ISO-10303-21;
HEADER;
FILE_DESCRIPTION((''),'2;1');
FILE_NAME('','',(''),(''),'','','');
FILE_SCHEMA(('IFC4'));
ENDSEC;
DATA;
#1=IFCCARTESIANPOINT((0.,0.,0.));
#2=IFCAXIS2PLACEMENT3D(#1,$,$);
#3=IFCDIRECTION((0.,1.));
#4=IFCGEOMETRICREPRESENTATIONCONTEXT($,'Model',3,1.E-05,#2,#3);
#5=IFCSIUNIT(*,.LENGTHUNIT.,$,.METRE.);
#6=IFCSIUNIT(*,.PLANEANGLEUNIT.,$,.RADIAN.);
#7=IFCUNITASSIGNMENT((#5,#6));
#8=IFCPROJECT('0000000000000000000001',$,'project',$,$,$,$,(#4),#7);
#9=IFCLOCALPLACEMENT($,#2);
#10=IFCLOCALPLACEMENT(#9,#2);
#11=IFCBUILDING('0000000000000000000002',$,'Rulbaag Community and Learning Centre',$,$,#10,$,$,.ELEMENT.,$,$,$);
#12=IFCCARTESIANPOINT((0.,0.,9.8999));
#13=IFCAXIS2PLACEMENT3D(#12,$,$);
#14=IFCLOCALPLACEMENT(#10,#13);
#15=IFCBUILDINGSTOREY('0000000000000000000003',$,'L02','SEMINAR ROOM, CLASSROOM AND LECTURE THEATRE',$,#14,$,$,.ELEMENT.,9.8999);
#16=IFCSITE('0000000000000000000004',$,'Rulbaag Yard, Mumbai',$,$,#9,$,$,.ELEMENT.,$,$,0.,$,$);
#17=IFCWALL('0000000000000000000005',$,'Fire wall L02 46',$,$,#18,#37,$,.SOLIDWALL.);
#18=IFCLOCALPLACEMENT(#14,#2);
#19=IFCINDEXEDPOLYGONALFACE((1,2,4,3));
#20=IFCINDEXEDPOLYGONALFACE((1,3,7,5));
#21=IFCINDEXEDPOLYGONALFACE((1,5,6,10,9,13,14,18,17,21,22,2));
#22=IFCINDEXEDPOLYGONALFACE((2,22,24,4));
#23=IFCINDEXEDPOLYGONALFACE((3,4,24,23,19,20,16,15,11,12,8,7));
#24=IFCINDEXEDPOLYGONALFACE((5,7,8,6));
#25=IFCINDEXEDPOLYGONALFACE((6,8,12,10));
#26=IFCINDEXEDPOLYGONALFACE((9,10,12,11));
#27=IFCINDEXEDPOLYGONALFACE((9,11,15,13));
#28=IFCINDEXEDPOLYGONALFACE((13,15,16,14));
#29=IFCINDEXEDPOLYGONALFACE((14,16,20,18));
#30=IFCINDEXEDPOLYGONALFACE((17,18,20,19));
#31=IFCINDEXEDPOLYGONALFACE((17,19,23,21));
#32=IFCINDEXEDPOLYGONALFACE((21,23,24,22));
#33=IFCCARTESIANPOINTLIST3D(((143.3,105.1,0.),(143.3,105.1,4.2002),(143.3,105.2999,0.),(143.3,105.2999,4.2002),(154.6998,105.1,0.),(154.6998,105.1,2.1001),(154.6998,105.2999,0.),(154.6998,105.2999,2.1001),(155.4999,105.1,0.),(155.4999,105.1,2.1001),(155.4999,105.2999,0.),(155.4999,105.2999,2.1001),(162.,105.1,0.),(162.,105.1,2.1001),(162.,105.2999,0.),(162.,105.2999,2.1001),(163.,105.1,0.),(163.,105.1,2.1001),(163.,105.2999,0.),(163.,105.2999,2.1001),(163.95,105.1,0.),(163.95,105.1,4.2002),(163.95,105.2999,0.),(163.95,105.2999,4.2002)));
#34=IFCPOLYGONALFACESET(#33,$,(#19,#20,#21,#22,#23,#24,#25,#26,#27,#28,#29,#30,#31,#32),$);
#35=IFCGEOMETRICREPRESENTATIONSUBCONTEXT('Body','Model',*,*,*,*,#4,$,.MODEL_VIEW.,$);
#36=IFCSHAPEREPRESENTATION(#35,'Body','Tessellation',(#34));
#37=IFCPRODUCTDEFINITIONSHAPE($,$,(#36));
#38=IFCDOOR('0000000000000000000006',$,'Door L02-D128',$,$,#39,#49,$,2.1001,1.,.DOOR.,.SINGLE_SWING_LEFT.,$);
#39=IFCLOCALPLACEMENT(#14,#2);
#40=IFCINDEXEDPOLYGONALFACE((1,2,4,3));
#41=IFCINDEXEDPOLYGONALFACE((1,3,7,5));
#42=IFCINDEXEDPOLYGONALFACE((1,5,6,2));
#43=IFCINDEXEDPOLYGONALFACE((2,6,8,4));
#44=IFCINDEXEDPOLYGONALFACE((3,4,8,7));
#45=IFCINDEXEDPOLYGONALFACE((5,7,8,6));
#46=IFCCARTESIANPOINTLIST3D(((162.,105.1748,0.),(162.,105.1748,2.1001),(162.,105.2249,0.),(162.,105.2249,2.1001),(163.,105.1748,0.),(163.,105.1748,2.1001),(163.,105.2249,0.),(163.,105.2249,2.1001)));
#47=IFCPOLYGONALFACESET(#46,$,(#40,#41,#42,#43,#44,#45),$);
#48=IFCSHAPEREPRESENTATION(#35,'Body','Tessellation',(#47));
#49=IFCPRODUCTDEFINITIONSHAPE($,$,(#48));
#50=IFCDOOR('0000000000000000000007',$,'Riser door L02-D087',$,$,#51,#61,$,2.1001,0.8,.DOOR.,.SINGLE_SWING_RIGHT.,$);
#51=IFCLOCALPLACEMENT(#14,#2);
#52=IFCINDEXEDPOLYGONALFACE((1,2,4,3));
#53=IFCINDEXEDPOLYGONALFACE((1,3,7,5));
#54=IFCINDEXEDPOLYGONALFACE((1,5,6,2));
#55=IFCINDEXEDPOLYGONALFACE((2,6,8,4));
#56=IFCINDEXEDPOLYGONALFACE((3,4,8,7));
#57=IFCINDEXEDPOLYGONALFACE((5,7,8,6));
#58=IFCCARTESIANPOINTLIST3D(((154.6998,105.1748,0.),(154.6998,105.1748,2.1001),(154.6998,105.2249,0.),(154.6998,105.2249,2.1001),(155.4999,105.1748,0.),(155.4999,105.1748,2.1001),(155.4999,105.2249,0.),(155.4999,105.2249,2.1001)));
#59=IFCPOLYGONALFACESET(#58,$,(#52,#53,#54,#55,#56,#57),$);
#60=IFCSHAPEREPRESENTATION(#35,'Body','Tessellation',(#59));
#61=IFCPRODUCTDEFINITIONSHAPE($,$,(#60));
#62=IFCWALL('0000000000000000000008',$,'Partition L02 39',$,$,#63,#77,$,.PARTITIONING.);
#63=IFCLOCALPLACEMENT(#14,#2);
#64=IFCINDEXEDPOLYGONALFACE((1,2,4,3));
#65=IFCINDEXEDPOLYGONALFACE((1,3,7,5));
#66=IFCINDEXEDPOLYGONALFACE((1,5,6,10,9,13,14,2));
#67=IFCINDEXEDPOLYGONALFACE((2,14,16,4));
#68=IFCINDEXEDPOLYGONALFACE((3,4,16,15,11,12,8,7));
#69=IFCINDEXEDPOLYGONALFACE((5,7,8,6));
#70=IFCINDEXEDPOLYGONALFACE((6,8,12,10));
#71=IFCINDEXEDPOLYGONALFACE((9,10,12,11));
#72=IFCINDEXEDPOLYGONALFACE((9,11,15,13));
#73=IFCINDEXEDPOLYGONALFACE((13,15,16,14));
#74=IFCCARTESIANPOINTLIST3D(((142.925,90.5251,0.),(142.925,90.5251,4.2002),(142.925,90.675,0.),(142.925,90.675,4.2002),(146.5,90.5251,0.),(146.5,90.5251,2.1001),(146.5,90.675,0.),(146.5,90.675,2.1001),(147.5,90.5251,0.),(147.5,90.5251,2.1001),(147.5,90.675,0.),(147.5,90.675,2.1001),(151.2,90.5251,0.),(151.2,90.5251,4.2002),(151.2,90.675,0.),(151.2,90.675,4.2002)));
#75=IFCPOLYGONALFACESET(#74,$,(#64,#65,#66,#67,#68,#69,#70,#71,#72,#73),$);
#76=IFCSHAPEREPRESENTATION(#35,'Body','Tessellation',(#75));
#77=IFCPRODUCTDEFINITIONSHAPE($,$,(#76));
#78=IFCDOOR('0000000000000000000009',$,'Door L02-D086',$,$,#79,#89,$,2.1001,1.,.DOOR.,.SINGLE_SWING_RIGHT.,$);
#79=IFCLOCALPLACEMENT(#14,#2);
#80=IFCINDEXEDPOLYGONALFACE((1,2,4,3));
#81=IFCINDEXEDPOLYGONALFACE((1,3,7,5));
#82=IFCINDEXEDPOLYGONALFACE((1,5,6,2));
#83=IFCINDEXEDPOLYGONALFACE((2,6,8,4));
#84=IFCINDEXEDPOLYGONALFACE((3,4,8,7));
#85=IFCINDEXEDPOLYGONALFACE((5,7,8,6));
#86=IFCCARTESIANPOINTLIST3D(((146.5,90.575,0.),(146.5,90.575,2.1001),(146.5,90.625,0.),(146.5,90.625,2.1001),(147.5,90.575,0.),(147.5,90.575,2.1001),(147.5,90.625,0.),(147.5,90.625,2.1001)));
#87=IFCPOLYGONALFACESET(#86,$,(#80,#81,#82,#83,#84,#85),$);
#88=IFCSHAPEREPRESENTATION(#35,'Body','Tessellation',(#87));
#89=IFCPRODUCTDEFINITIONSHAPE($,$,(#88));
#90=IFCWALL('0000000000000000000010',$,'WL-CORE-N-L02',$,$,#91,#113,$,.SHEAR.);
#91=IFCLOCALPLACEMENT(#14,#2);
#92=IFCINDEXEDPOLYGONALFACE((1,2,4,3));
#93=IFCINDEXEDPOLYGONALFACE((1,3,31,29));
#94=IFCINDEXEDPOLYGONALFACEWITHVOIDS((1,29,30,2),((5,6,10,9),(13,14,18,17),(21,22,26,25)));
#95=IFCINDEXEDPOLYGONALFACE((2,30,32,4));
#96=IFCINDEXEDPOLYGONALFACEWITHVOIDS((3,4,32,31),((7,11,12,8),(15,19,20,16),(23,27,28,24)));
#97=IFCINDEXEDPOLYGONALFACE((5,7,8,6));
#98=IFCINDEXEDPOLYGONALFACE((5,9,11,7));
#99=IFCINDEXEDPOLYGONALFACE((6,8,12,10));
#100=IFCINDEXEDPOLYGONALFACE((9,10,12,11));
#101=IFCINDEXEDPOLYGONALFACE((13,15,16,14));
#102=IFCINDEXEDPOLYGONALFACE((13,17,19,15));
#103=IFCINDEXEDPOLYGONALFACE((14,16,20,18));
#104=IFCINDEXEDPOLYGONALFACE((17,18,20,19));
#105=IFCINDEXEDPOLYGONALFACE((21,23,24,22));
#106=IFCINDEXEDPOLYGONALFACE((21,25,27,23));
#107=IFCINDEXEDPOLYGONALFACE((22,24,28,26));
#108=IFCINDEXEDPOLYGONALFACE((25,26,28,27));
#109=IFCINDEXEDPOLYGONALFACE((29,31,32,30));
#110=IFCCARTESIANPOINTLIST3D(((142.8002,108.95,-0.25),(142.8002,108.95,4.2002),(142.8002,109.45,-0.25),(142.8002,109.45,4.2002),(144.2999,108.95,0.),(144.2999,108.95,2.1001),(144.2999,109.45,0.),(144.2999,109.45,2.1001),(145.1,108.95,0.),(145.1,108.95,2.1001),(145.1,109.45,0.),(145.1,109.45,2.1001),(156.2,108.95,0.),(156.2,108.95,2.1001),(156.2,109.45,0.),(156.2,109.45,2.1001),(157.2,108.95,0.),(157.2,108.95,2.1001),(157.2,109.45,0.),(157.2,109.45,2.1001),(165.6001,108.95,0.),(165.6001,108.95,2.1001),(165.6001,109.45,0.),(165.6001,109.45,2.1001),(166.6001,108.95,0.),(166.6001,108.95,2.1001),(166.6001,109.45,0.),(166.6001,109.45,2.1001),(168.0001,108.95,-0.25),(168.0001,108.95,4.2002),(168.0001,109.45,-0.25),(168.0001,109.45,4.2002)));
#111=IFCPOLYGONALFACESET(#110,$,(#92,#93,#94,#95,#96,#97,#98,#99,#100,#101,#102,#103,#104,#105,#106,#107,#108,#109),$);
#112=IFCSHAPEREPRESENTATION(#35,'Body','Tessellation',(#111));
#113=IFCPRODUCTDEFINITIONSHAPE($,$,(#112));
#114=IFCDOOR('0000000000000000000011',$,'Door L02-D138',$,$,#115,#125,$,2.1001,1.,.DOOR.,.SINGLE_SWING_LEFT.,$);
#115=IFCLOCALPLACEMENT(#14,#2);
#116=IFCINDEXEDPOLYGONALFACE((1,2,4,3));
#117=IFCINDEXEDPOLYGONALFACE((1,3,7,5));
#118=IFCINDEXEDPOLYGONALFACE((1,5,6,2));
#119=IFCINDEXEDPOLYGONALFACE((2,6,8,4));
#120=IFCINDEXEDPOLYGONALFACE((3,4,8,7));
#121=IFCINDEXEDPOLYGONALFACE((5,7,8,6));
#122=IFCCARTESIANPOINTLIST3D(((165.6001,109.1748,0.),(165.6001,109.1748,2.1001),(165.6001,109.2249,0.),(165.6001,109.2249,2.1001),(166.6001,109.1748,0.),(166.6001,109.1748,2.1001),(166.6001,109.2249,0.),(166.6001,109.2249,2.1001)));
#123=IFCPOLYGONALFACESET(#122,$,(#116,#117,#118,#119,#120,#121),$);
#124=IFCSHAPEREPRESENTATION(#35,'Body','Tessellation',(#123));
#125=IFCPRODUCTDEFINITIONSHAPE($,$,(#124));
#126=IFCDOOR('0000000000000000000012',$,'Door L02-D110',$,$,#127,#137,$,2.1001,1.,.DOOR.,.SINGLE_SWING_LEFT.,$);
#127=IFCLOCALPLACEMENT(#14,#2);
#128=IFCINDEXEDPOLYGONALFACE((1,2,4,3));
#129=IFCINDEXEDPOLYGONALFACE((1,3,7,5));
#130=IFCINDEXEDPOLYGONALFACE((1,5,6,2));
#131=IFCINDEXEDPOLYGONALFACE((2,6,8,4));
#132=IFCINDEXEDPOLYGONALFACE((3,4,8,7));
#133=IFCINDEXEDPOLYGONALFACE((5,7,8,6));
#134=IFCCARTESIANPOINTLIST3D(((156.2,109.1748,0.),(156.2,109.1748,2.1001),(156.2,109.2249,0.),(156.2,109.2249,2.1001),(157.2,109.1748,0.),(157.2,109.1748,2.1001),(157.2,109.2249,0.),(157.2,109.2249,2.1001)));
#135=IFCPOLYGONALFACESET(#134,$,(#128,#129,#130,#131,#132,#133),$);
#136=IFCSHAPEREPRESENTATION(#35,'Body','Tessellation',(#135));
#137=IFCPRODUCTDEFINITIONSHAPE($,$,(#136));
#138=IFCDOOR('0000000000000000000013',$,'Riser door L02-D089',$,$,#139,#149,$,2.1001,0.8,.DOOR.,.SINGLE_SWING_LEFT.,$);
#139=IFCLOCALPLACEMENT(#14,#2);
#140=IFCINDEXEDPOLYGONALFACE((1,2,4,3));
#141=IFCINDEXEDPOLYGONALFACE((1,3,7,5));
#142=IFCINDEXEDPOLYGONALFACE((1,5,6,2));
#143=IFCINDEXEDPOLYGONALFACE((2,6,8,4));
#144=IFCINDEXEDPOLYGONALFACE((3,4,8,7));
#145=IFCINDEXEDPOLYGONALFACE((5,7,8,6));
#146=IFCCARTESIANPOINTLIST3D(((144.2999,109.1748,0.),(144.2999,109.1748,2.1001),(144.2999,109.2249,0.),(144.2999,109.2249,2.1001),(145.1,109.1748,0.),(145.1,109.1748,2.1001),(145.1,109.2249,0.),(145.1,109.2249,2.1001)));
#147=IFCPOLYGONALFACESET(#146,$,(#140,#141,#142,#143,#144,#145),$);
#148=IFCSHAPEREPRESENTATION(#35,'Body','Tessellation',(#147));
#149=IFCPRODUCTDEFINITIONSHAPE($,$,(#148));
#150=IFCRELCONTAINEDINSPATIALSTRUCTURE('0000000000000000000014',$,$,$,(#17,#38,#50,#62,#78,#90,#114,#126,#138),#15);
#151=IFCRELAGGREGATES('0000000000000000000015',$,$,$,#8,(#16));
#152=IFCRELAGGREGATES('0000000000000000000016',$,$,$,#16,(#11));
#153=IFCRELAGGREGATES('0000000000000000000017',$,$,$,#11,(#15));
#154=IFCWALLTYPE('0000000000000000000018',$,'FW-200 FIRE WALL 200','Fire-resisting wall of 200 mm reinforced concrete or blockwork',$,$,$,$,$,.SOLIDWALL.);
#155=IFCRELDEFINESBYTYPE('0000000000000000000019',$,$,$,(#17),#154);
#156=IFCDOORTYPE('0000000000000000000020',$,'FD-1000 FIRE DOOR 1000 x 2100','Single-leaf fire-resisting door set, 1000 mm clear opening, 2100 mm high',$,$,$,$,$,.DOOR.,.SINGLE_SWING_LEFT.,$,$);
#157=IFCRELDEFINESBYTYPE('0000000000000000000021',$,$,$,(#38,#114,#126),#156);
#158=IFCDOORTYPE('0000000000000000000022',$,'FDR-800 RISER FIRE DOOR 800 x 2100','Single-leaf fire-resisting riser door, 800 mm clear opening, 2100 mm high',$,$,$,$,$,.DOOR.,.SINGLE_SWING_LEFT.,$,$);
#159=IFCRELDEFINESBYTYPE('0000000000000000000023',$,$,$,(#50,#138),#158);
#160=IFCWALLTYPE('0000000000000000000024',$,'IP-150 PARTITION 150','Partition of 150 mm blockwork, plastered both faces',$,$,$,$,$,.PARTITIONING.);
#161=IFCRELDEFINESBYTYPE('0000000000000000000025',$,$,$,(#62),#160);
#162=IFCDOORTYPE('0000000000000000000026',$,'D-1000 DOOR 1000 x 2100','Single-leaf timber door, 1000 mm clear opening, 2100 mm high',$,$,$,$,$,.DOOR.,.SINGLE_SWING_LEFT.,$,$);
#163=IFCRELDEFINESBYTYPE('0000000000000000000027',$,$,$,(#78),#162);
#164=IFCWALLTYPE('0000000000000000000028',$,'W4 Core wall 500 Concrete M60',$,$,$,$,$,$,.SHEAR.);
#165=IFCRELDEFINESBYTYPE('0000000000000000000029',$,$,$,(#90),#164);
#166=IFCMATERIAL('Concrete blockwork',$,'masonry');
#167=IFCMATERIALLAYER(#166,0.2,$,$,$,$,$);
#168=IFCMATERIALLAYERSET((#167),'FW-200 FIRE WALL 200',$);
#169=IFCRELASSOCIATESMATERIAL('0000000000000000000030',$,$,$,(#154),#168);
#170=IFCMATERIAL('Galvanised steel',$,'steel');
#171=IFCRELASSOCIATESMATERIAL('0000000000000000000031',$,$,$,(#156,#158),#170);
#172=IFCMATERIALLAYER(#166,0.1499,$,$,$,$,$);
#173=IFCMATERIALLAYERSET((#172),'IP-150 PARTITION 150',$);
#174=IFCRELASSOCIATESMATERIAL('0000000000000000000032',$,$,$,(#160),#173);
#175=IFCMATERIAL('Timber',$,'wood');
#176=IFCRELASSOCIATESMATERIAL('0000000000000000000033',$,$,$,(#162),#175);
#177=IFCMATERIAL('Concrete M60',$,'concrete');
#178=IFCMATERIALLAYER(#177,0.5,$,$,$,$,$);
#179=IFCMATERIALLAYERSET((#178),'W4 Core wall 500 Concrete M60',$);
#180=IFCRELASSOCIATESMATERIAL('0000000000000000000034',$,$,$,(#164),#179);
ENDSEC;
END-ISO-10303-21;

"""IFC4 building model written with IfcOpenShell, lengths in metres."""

from ifc_helpers import new_model, si_unit, direction, frame, frame_2d, origin, place, context, subcontext, project, spatial, rectangle, extrude, material, layer, layer_set, type_object, element, fill, save


model = new_model("IFC4")

# Units and contexts
model_context = context("Model", 3, precision=1e-05, world=origin(), true_north=direction((0.0, 1.0)))
body_context = subcontext(model_context, "Body", "Model", "MODEL_VIEW")
ifc_project = project(units=[si_unit("LENGTHUNIT", "METRE"), si_unit("PLANEANGLEUNIT", "RADIAN")], contexts=[model_context])

# Site, building, storey
site_placement = place(None, origin())
site = spatial("IfcSite", under=ifc_project, at=site_placement, Name="Rulbaag Yard, Mumbai", CompositionType="ELEMENT", RefElevation=0.0)
building_placement = place(site_placement, origin())
building = spatial("IfcBuilding", under=site, at=building_placement, Name="Rulbaag Community and Learning Centre", CompositionType="ELEMENT")
storey_placement = place(building_placement, frame((0.0, 0.0, 9.8999)))
storey = spatial("IfcBuildingStorey", under=building, at=storey_placement, Name="L02", Description="SEMINAR ROOM, CLASSROOM AND LECTURE THEATRE", CompositionType="ELEMENT", Elevation=9.8999)

# Shared definitions
ifc_material_1 = material(Name="Concrete blockwork", Category="masonry")
ifc_layer_1 = layer(ifc_material_1, 0.2)
ifc_layer_set_1 = layer_set([ifc_layer_1], Name="FW-200 FIRE WALL 200")
wall_type_1 = type_object("IfcWallType", Name="FW-200 FIRE WALL 200", Description="Fire-resisting wall of 200 mm reinforced concrete or blockwork", PredefinedType="SOLIDWALL", material=ifc_layer_set_1)

# Wall, openings, doors
wall_1_placement = place(storey_placement, frame((143.3, 105.2, 0.0), z_axis=(0.0, 0.0, 1.0), x_axis=(1.0, 0.0, 0.0)))
wall_1 = element("IfcWall", 1, at=wall_1_placement, inside=storey, type_object=wall_type_1, Name="Fire wall L02 46", PredefinedType="SOLIDWALL", context=body_context, shape_type="SweptSolid", body=[
    extrude(rectangle(XDim=20.6499, YDim=0.2, at=frame_2d((10.325, 0.0))), origin(), (0.0, 0.0, 1.0), 4.2002),
])
opening_1_placement = place(wall_1_placement, frame((11.3999, 0.0, 0.0)))
opening_1 = element("IfcOpeningElement", 2, at=opening_1_placement, cuts=wall_1, PredefinedType="OPENING", context=body_context, shape_type="SweptSolid", body=[
    extrude(rectangle(XDim=0.8, YDim=2.1001, at=frame_2d((0.3999, 1.05))), frame((0.0, 0.1099, 0.0), z_axis=(0.0, -1.0, 0.0), x_axis=(1.0, 0.0, 0.0)), (0.0, 0.0, 1.0), 0.22),
])
opening_2_placement = place(wall_1_placement, frame((18.7, 0.0, 0.0)))
opening_2 = element("IfcOpeningElement", 3, at=opening_2_placement, cuts=wall_1, PredefinedType="OPENING", context=body_context, shape_type="SweptSolid", body=[
    extrude(rectangle(XDim=1.0, YDim=2.1001, at=frame_2d((0.5, 1.05))), frame((0.0, 0.1099, 0.0), z_axis=(0.0, -1.0, 0.0), x_axis=(1.0, 0.0, 0.0)), (0.0, 0.0, 1.0), 0.22),
])
ifc_material_2 = material(Name="Galvanised steel", Category="steel")
door_type_1 = type_object("IfcDoorType", Name="FD-1000 FIRE DOOR 1000 x 2100", Description="Single-leaf fire-resisting door set, 1000 mm clear opening, 2100 mm high", OperationType="SINGLE_SWING_LEFT", PredefinedType="DOOR", material=ifc_material_2)
door_1_placement = place(opening_2_placement, origin())
door_1 = element("IfcDoor", 4, at=door_1_placement, inside=storey, type_object=door_type_1, Name="Door L02-D128", OperationType="SINGLE_SWING_LEFT", OverallHeight=2.1001, OverallWidth=1.0, PredefinedType="DOOR", context=body_context, shape_type="SweptSolid", body=[
    extrude(rectangle(XDim=1.0, YDim=2.1001, at=frame_2d((0.5, 1.05))), frame((0.0, 0.0249, 0.0), z_axis=(0.0, -1.0, 0.0), x_axis=(1.0, 0.0, 0.0)), (0.0, 0.0, 1.0), 0.05),
])
fill(opening_2, door_1)
door_type_2 = type_object("IfcDoorType", Name="FDR-800 RISER FIRE DOOR 800 x 2100", Description="Single-leaf fire-resisting riser door, 800 mm clear opening, 2100 mm high", OperationType="SINGLE_SWING_LEFT", PredefinedType="DOOR", material=ifc_material_2)
door_2_placement = place(opening_1_placement, origin())
door_2 = element("IfcDoor", 5, at=door_2_placement, inside=storey, type_object=door_type_2, Name="Riser door L02-D087", OperationType="SINGLE_SWING_RIGHT", OverallHeight=2.1001, OverallWidth=0.8, PredefinedType="DOOR", context=body_context, shape_type="SweptSolid", body=[
    extrude(rectangle(XDim=0.8, YDim=2.1001, at=frame_2d((0.3999, 1.05))), frame((0.0, 0.0249, 0.0), z_axis=(0.0, -1.0, 0.0), x_axis=(1.0, 0.0, 0.0)), (0.0, 0.0, 1.0), 0.05),
])
fill(opening_1, door_2)

# Wall, opening, door
ifc_layer_2 = layer(ifc_material_1, 0.1499)
ifc_layer_set_2 = layer_set([ifc_layer_2], Name="IP-150 PARTITION 150")
wall_type_2 = type_object("IfcWallType", Name="IP-150 PARTITION 150", Description="Partition of 150 mm blockwork, plastered both faces", PredefinedType="PARTITIONING", material=ifc_layer_set_2)
wall_2_placement = place(storey_placement, frame((142.925, 90.6001, 0.0), z_axis=(0.0, 0.0, 1.0), x_axis=(1.0, 0.0, 0.0)))
wall_2 = element("IfcWall", 6, at=wall_2_placement, inside=storey, type_object=wall_type_2, Name="Partition L02 39", PredefinedType="PARTITIONING", context=body_context, shape_type="SweptSolid", body=[
    extrude(rectangle(XDim=8.2749, YDim=0.1499, at=frame_2d((4.1375, 0.0))), origin(), (0.0, 0.0, 1.0), 4.2002),
])
opening_3_placement = place(wall_2_placement, frame((3.575, 0.0, 0.0)))
opening_3 = element("IfcOpeningElement", 7, at=opening_3_placement, cuts=wall_2, PredefinedType="OPENING", context=body_context, shape_type="SweptSolid", body=[
    extrude(rectangle(XDim=1.0, YDim=2.1001, at=frame_2d((0.5, 1.05))), frame((0.0, 0.085, 0.0), z_axis=(0.0, -1.0, 0.0), x_axis=(1.0, 0.0, 0.0)), (0.0, 0.0, 1.0), 0.1699),
])
ifc_material_3 = material(Name="Timber", Category="wood")
door_type_3 = type_object("IfcDoorType", Name="D-1000 DOOR 1000 x 2100", Description="Single-leaf timber door, 1000 mm clear opening, 2100 mm high", OperationType="SINGLE_SWING_LEFT", PredefinedType="DOOR", material=ifc_material_3)
door_3_placement = place(opening_3_placement, origin())
door_3 = element("IfcDoor", 8, at=door_3_placement, inside=storey, type_object=door_type_3, Name="Door L02-D086", OperationType="SINGLE_SWING_RIGHT", OverallHeight=2.1001, OverallWidth=1.0, PredefinedType="DOOR", context=body_context, shape_type="SweptSolid", body=[
    extrude(rectangle(XDim=1.0, YDim=2.1001, at=frame_2d((0.5, 1.05))), frame((0.0, 0.0249, 0.0), z_axis=(0.0, -1.0, 0.0), x_axis=(1.0, 0.0, 0.0)), (0.0, 0.0, 1.0), 0.05),
])
fill(opening_3, door_3)

# Wall, openings, doors
ifc_material_4 = material(Name="Concrete M60", Category="concrete")
ifc_layer_3 = layer(ifc_material_4, 0.5)
ifc_layer_set_3 = layer_set([ifc_layer_3], Name="W4 Core wall 500 Concrete M60")
wall_type_3 = type_object("IfcWallType", Name="W4 Core wall 500 Concrete M60", PredefinedType="SHEAR", material=ifc_layer_set_3)
wall_3_placement = place(storey_placement, frame((142.8, 109.2, -0.25), z_axis=(0.0, 0.0, 1.0), x_axis=(1.0, 0.0, 0.0)))
wall_3 = element("IfcWall", 9, at=wall_3_placement, inside=storey, type_object=wall_type_3, Name="WL-CORE-N-L02", PredefinedType="SHEAR", context=body_context, shape_type="SweptSolid", body=[
    extrude(rectangle(XDim=25.2, YDim=0.5, at=frame_2d((12.6001, 0.0))), origin(), (0.0, 0.0, 1.0), 4.4502),
])
opening_4_placement = place(wall_3_placement, frame((22.8, 0.0, 0.25)))
opening_4 = element("IfcOpeningElement", 10, at=opening_4_placement, cuts=wall_3, PredefinedType="OPENING", context=body_context, shape_type="SweptSolid", body=[
    extrude(rectangle(XDim=1.0, YDim=2.1001, at=frame_2d((0.5, 1.05))), frame((0.0, 0.26, 0.0), z_axis=(0.0, -1.0, 0.0), x_axis=(1.0, 0.0, 0.0)), (0.0, 0.0, 1.0), 0.52),
])
opening_5_placement = place(wall_3_placement, frame((1.5, 0.0, 0.25)))
opening_5 = element("IfcOpeningElement", 11, at=opening_5_placement, cuts=wall_3, PredefinedType="OPENING", context=body_context, shape_type="SweptSolid", body=[
    extrude(rectangle(XDim=0.8, YDim=2.1001, at=frame_2d((0.3999, 1.05))), frame((0.0, 0.26, 0.0), z_axis=(0.0, -1.0, 0.0), x_axis=(1.0, 0.0, 0.0)), (0.0, 0.0, 1.0), 0.52),
])
opening_6_placement = place(wall_3_placement, frame((13.3999, 0.0, 0.25)))
opening_6 = element("IfcOpeningElement", 12, at=opening_6_placement, cuts=wall_3, PredefinedType="OPENING", context=body_context, shape_type="SweptSolid", body=[
    extrude(rectangle(XDim=1.0, YDim=2.1001, at=frame_2d((0.5, 1.05))), frame((0.0, 0.26, 0.0), z_axis=(0.0, -1.0, 0.0), x_axis=(1.0, 0.0, 0.0)), (0.0, 0.0, 1.0), 0.52),
])
door_4_placement = place(opening_4_placement, origin())
door_4 = element("IfcDoor", 13, at=door_4_placement, inside=storey, type_object=door_type_1, Name="Door L02-D138", OperationType="SINGLE_SWING_LEFT", OverallHeight=2.1001, OverallWidth=1.0, PredefinedType="DOOR", context=body_context, shape_type="SweptSolid", body=[
    extrude(rectangle(XDim=1.0, YDim=2.1001, at=frame_2d((0.5, 1.05))), frame((0.0, 0.0249, 0.0), z_axis=(0.0, -1.0, 0.0), x_axis=(1.0, 0.0, 0.0)), (0.0, 0.0, 1.0), 0.05),
])
fill(opening_4, door_4)
door_5_placement = place(opening_6_placement, origin())
door_5 = element("IfcDoor", 14, at=door_5_placement, inside=storey, type_object=door_type_1, Name="Door L02-D110", OperationType="SINGLE_SWING_LEFT", OverallHeight=2.1001, OverallWidth=1.0, PredefinedType="DOOR", context=body_context, shape_type="SweptSolid", body=[
    extrude(rectangle(XDim=1.0, YDim=2.1001, at=frame_2d((0.5, 1.05))), frame((0.0, 0.0249, 0.0), z_axis=(0.0, -1.0, 0.0), x_axis=(1.0, 0.0, 0.0)), (0.0, 0.0, 1.0), 0.05),
])
fill(opening_6, door_5)
door_6_placement = place(opening_5_placement, origin())
door_6 = element("IfcDoor", 15, at=door_6_placement, inside=storey, type_object=door_type_2, Name="Riser door L02-D089", OperationType="SINGLE_SWING_LEFT", OverallHeight=2.1001, OverallWidth=0.8, PredefinedType="DOOR", context=body_context, shape_type="SweptSolid", body=[
    extrude(rectangle(XDim=0.8, YDim=2.1001, at=frame_2d((0.3999, 1.05))), frame((0.0, 0.0249, 0.0), z_axis=(0.0, -1.0, 0.0), x_axis=(1.0, 0.0, 0.0)), (0.0, 0.0, 1.0), 0.05),
])
fill(opening_5, door_6)

save(model, "model.ifc")
